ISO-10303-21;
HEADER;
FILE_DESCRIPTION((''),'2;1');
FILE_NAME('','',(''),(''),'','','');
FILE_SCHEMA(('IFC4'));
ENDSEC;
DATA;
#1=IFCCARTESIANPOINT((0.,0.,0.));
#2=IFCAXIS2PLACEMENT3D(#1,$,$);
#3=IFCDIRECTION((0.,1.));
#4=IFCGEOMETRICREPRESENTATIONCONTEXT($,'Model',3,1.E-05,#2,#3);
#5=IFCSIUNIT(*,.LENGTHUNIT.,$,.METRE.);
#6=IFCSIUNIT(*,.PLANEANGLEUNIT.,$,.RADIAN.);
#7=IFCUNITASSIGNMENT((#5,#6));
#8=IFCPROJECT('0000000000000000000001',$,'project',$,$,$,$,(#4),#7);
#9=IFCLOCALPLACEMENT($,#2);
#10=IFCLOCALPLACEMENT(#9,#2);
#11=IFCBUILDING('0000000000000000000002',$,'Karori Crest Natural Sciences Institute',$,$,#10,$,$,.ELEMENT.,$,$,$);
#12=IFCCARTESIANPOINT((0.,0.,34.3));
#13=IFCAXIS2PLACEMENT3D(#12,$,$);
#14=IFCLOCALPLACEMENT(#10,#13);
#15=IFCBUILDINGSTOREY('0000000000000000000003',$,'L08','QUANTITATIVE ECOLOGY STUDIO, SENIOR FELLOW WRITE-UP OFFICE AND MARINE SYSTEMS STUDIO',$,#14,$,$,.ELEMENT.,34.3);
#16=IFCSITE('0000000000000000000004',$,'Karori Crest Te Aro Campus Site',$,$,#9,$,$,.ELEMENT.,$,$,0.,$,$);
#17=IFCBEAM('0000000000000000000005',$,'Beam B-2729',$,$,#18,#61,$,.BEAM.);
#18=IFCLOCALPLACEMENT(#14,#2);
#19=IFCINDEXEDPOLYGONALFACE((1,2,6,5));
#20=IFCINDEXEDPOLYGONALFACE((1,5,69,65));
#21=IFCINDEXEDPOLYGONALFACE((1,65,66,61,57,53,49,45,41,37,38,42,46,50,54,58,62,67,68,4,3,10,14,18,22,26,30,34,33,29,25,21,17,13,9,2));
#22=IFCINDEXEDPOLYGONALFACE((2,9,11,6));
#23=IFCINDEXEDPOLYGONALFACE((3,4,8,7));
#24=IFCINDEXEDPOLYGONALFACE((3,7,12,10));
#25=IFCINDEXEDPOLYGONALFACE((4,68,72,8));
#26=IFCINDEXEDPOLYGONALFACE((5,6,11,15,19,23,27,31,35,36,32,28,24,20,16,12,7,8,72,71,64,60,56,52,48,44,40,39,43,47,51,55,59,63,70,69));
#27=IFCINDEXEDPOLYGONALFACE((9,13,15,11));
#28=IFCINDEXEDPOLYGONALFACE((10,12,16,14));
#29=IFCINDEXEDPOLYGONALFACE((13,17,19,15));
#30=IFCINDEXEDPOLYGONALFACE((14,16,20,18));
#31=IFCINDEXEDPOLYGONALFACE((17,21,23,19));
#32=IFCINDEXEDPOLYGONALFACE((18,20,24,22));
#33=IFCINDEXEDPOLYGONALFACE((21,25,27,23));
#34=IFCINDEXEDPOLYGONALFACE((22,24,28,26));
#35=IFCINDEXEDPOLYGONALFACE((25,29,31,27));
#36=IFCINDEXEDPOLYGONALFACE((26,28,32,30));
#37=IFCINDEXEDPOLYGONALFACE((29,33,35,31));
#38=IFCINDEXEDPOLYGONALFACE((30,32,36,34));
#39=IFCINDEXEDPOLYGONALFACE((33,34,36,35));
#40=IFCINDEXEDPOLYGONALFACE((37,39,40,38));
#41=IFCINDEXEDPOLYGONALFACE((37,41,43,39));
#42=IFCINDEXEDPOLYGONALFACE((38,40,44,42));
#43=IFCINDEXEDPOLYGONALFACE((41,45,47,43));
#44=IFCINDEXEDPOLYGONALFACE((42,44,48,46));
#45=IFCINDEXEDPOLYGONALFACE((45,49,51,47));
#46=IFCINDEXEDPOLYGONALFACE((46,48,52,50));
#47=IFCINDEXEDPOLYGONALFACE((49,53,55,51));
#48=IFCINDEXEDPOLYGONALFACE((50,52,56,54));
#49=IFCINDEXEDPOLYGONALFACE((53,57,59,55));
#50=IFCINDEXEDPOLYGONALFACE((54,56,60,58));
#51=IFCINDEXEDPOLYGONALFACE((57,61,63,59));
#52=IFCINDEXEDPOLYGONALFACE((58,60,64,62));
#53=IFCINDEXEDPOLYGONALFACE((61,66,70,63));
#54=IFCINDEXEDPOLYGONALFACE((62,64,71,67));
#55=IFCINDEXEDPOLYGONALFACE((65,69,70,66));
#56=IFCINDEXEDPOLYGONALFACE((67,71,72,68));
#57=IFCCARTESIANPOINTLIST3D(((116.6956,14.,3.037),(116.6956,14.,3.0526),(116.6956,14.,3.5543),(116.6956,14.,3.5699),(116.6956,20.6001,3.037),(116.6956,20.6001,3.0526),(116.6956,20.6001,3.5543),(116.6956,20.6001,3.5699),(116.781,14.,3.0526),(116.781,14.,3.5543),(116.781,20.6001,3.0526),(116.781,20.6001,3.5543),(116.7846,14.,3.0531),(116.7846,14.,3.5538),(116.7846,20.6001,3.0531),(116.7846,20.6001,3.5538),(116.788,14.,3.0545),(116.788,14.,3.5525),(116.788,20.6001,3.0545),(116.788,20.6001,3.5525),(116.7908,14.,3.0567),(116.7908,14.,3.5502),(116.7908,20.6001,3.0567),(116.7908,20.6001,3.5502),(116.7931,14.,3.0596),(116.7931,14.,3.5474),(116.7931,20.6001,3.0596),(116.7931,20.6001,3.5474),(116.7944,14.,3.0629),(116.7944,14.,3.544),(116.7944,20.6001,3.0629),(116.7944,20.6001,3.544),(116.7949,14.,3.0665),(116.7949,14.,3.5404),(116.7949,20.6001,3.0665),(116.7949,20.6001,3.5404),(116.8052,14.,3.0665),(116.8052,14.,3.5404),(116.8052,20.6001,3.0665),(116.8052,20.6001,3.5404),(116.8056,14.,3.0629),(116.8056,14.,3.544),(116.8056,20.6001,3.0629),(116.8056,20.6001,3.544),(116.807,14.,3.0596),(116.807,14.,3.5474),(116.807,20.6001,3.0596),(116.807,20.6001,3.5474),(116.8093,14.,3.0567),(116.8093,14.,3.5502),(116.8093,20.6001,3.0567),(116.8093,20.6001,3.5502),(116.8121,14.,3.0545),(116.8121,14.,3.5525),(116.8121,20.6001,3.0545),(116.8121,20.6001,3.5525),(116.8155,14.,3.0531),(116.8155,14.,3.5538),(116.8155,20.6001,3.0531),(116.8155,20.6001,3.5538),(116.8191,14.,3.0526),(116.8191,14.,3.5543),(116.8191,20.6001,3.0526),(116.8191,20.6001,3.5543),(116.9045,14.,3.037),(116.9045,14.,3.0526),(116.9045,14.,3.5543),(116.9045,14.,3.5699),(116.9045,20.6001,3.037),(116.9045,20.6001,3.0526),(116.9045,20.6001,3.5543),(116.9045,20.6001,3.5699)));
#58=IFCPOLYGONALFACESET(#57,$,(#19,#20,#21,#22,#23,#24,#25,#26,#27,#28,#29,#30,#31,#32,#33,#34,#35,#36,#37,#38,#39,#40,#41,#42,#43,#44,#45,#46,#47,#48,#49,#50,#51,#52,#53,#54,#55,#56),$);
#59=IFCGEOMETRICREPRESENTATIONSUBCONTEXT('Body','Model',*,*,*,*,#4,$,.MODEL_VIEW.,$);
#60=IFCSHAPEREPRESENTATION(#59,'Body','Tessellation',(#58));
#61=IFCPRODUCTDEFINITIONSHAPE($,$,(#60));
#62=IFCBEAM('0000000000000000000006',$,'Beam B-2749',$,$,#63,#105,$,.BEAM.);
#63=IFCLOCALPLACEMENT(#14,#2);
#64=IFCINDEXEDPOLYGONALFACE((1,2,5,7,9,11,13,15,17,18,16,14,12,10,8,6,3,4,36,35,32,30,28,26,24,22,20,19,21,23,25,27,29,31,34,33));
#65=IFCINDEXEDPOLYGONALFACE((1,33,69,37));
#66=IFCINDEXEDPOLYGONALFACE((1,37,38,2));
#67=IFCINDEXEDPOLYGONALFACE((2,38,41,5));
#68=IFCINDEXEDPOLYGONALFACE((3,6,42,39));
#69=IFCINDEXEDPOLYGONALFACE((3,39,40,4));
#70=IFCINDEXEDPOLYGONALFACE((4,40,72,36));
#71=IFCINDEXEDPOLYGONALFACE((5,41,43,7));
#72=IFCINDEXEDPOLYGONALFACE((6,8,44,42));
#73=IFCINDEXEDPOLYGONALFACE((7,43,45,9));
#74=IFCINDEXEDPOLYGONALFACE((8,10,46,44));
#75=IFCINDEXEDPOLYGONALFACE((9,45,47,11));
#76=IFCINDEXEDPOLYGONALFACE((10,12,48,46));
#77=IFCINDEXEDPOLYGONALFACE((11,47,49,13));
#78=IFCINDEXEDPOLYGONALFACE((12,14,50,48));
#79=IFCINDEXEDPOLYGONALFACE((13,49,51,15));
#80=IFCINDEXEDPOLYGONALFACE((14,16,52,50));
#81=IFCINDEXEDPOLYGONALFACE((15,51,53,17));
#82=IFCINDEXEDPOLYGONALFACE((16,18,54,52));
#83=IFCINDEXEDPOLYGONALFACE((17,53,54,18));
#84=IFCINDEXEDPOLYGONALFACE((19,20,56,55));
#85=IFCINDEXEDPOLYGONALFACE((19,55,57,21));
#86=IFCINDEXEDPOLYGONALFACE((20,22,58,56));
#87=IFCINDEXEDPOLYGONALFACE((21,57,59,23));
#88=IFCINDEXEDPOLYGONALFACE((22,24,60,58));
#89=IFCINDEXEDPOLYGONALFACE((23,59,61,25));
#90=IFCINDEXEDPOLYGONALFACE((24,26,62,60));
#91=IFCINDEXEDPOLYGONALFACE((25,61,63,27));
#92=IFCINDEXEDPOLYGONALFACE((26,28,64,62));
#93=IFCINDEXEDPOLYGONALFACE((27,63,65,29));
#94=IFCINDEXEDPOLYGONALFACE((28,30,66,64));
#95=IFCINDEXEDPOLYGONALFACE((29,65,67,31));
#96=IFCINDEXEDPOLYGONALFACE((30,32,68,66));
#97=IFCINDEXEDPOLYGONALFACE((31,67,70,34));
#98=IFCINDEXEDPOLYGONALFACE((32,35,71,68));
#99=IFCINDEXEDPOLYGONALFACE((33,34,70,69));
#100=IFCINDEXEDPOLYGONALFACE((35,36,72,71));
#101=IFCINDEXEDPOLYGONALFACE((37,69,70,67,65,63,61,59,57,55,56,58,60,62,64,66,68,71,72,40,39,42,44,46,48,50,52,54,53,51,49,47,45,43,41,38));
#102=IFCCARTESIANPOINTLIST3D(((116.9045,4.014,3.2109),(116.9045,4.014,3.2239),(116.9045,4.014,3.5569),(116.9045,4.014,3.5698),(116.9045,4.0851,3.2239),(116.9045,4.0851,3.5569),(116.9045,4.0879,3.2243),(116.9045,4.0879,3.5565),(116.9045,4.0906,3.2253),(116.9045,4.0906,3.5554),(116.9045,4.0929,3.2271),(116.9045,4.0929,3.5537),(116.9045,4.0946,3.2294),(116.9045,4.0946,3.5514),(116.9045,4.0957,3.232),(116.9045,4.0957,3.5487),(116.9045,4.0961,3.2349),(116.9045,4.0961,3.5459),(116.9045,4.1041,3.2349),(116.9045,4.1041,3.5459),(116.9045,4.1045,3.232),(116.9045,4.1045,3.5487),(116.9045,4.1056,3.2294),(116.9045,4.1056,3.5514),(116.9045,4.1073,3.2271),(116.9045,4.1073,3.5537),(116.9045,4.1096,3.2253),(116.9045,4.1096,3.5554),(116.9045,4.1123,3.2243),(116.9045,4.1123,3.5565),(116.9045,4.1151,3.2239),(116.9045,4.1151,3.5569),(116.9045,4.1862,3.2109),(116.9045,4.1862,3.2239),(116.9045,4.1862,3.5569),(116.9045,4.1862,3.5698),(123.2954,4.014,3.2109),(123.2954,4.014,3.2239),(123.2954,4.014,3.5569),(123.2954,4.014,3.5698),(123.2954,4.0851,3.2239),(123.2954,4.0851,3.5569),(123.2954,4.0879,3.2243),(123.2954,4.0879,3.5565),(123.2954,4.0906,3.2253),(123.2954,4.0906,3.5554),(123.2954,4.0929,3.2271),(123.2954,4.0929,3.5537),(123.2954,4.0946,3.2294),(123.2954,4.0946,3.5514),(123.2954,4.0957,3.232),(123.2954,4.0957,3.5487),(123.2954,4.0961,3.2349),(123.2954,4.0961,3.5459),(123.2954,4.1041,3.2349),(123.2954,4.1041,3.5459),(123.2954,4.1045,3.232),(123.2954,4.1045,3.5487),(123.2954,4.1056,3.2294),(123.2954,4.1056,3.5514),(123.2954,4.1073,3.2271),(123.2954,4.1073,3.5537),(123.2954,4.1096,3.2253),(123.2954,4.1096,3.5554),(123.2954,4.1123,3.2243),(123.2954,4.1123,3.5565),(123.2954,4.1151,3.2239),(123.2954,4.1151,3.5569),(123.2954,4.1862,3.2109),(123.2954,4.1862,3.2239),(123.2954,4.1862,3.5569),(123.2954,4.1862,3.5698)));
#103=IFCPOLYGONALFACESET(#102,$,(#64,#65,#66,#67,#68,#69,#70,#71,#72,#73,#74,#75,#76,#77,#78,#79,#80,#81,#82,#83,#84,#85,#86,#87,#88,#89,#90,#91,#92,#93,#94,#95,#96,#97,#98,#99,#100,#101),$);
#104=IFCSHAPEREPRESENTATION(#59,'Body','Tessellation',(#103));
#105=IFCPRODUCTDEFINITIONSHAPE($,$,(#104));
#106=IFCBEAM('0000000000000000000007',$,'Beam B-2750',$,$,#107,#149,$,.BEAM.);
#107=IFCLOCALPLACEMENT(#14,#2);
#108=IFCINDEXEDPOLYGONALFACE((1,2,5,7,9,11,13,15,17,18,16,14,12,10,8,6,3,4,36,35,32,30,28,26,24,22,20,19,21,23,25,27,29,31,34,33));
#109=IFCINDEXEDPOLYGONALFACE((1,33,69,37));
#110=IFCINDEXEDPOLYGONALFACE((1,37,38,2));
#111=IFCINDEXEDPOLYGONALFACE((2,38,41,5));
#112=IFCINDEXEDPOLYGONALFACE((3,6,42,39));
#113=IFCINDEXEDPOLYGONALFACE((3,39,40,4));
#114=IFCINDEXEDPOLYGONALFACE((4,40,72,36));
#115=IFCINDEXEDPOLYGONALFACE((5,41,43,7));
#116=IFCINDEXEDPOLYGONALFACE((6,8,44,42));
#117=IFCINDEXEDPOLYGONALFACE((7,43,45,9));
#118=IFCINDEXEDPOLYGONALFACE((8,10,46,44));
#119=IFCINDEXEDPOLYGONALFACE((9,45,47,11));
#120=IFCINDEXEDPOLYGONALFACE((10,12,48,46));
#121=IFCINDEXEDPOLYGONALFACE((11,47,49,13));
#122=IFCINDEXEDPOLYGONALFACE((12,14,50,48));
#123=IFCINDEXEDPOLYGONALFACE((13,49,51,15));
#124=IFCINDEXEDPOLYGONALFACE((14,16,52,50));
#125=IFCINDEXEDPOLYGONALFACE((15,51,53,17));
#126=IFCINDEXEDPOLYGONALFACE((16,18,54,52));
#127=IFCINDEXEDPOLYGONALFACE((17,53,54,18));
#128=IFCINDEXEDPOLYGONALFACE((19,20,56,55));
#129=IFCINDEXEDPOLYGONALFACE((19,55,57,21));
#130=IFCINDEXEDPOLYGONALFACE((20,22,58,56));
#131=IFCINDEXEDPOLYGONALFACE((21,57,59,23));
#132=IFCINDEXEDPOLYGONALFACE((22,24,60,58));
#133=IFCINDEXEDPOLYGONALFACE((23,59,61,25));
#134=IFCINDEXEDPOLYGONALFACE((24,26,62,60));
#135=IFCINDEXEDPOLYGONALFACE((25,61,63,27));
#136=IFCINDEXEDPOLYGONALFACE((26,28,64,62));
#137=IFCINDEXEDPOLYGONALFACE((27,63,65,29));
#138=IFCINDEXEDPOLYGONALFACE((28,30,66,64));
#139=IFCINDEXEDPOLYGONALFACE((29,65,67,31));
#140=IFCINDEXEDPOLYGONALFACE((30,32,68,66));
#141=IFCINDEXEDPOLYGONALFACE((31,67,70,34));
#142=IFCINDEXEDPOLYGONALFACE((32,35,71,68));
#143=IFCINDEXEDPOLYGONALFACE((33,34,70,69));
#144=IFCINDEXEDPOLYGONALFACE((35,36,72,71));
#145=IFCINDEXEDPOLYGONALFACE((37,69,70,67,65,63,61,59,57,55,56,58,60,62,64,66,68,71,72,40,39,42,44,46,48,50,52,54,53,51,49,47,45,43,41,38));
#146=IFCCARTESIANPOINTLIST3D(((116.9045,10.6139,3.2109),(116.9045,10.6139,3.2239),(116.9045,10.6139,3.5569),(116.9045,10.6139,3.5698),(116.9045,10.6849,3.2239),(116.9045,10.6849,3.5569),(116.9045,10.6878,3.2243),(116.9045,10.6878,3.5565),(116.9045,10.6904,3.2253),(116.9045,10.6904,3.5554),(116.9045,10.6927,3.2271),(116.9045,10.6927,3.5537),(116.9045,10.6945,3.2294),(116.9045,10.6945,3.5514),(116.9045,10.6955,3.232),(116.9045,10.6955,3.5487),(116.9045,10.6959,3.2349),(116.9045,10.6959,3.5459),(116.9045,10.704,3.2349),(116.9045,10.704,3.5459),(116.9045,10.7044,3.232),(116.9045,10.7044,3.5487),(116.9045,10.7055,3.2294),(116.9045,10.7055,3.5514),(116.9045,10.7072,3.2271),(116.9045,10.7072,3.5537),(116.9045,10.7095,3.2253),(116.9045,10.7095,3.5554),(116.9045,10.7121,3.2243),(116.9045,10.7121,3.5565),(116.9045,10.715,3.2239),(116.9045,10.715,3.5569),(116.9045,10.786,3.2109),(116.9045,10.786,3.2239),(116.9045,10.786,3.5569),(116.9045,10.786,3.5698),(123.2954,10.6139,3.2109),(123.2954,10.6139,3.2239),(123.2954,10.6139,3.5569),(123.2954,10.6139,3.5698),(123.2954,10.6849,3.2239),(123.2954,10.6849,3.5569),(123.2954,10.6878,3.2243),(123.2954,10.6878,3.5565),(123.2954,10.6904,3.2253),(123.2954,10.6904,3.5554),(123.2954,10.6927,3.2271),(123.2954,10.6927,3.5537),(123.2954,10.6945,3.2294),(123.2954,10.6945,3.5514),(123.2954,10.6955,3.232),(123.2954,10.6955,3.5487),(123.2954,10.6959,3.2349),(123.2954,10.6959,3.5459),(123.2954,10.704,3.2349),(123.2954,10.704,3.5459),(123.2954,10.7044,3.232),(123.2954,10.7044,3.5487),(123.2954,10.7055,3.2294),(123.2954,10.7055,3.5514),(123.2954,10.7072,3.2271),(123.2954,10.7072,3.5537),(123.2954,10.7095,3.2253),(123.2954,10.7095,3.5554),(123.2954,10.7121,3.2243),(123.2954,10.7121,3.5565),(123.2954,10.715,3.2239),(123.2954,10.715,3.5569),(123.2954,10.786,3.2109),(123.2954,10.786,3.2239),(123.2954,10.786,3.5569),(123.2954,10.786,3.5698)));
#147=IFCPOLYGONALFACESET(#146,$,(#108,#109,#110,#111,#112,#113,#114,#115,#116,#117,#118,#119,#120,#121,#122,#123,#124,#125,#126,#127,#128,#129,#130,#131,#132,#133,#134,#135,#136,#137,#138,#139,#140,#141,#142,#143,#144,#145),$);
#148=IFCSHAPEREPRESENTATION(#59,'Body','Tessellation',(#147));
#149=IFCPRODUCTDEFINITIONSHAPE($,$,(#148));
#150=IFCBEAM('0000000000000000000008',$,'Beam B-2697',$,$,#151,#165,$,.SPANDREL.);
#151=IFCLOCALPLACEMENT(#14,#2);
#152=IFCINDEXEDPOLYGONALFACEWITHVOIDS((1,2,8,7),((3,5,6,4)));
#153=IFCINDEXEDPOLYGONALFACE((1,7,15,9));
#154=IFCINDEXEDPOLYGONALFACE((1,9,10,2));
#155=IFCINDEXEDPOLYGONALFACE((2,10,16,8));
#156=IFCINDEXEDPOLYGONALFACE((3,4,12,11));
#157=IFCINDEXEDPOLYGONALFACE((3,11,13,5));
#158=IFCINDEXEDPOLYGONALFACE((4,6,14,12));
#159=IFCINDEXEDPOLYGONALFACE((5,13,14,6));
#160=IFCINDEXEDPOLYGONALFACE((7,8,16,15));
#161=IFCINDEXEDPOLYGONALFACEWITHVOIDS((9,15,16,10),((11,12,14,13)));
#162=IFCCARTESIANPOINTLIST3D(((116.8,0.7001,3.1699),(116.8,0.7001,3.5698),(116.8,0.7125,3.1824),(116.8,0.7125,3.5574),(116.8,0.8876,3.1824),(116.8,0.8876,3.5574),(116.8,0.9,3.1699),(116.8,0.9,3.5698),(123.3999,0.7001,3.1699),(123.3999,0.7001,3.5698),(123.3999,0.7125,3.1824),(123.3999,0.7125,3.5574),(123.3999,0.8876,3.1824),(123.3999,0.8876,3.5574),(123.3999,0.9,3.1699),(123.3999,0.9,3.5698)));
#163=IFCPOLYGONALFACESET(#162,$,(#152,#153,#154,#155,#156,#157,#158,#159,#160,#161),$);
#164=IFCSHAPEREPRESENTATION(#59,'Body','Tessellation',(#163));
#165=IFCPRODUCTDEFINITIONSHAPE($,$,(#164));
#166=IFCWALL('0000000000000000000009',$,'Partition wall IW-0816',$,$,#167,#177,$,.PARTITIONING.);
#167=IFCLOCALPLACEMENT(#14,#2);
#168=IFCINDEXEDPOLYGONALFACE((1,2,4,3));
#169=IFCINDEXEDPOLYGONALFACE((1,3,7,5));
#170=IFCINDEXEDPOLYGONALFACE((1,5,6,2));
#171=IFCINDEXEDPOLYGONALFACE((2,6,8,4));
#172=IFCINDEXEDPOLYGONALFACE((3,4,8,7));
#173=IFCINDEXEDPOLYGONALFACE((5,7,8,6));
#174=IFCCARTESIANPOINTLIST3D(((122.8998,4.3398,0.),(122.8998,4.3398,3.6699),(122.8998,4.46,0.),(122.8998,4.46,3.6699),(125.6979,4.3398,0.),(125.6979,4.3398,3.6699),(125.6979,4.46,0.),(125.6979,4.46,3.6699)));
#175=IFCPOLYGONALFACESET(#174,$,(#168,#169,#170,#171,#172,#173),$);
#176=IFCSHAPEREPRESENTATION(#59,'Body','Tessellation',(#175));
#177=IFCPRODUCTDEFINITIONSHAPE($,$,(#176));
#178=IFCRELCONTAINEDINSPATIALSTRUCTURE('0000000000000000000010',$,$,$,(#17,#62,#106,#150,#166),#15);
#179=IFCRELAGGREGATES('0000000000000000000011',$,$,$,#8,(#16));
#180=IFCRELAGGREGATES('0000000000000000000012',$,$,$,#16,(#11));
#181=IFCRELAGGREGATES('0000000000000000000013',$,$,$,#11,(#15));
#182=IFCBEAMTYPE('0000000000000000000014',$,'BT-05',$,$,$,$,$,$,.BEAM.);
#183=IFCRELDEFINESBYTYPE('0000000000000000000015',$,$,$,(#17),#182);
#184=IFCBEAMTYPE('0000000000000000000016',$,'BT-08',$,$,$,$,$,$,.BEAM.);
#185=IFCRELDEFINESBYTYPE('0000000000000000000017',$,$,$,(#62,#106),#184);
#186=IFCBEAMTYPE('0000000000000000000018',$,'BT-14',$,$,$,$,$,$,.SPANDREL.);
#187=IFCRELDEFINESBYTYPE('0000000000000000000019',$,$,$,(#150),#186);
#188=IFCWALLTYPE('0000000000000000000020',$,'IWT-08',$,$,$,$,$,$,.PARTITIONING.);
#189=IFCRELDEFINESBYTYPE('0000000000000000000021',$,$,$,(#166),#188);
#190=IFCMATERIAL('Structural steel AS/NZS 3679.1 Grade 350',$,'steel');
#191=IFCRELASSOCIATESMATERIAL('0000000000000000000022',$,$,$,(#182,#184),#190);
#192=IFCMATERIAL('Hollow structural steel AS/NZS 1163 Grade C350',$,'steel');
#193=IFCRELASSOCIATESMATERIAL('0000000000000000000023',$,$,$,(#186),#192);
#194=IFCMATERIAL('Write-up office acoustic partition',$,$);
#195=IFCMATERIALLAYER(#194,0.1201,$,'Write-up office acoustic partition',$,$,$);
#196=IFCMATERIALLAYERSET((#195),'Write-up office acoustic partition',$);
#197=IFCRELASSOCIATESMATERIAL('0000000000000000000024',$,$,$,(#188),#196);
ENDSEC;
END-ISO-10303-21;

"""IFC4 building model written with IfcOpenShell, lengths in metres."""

from ifc_helpers import new_model, si_unit, direction, frame, frame_2d, origin, origin_2d, place, context, subcontext, project, spatial, rectangle, hollow_rectangle, i_section, extrude, material, layer, layer_set, material_profile, profile_set, type_object, element, save


model = new_model("IFC4")

# Units and contexts
model_context = context("Model", 3, precision=1e-05, world=origin(), true_north=direction((0.0, 1.0)))
body_context = subcontext(model_context, "Body", "Model", "MODEL_VIEW")
ifc_project = project(units=[si_unit("LENGTHUNIT", "METRE"), si_unit("PLANEANGLEUNIT", "RADIAN")], contexts=[model_context])

# Site, building, storey
site_placement = place(None, origin())
site = spatial("IfcSite", under=ifc_project, at=site_placement, Name="Karori Crest Te Aro Campus Site", CompositionType="ELEMENT", RefElevation=0.0)
building_placement = place(site_placement, origin())
building = spatial("IfcBuilding", under=site, at=building_placement, Name="Karori Crest Natural Sciences Institute", CompositionType="ELEMENT")
storey_placement = place(building_placement, frame((0.0, 0.0, 34.3)))
storey = spatial("IfcBuildingStorey", under=building, at=storey_placement, Name="L08", Description="QUANTITATIVE ECOLOGY STUDIO, SENIOR FELLOW WRITE-UP OFFICE AND MARINE SYSTEMS STUDIO", CompositionType="ELEMENT", Elevation=34.3)

# Shared definitions
ifc_material_1 = material(Name="Structural steel AS/NZS 3679.1 Grade 350", Category="steel")

# Beams
ifc_material_profile_1 = material_profile(ifc_material_1, i_section(OverallWidth=0.209, OverallDepth=0.533, WebThickness=0.0103, FlangeThickness=0.0156, FilletRadius=0.0139, at=origin_2d()), Name="530UB92.4")
ifc_profile_set_1 = profile_set([ifc_material_profile_1], Name="Structural steel AS/NZS 3679.1 Grade 350")
beam_type_1 = type_object("IfcBeamType", Name="BT-05", PredefinedType="BEAM", material=ifc_profile_set_1)
for number, where, z_axis, x_axis, name in (
    (1, (116.8, 14.0, 3.3035), (0.0, 1.0, 0.0), (-1.0, 0.0, 0.0), "Beam B-2729"),
):
    element("IfcBeam", number, at=place(storey_placement, frame(where, z_axis=z_axis, x_axis=x_axis)), inside=storey, type_object=beam_type_1, Name=name, PredefinedType="BEAM", context=body_context, shape_type="SweptSolid", body=[
        extrude(i_section(OverallWidth=0.209, OverallDepth=0.533, WebThickness=0.0103, FlangeThickness=0.0156, FilletRadius=0.0139, at=origin_2d()), origin(), (0.0, 0.0, 1.0), 6.6001),
    ])
ifc_material_profile_2 = material_profile(ifc_material_1, i_section(OverallWidth=0.1721, OverallDepth=0.3589, WebThickness=0.0081, FlangeThickness=0.0129, FilletRadius=0.011, at=origin_2d()), Name="360UB56.7")
ifc_profile_set_2 = profile_set([ifc_material_profile_2], Name="Structural steel AS/NZS 3679.1 Grade 350")
beam_type_2 = type_object("IfcBeamType", Name="BT-08", PredefinedType="BEAM", material=ifc_profile_set_2)
for number, where, z_axis, x_axis, name in (
    (2, (116.9045, 4.1001, 3.3904), (1.0, 0.0, 0.0), (0.0, 1.0, 0.0), "Beam B-2749"),
    (3, (116.9045, 10.7, 3.3904), (1.0, 0.0, 0.0), (0.0, 1.0, 0.0), "Beam B-2750"),
):
    element("IfcBeam", number, at=place(storey_placement, frame(where, z_axis=z_axis, x_axis=x_axis)), inside=storey, type_object=beam_type_2, Name=name, PredefinedType="BEAM", context=body_context, shape_type="SweptSolid", body=[
        extrude(i_section(OverallWidth=0.1721, OverallDepth=0.3589, WebThickness=0.0081, FlangeThickness=0.0129, FilletRadius=0.011, at=origin_2d()), origin(), (0.0, 0.0, 1.0), 6.3909),
    ])
ifc_material_2 = material(Name="Hollow structural steel AS/NZS 1163 Grade C350", Category="steel")
ifc_material_profile_3 = material_profile(ifc_material_2, hollow_rectangle(XDim=0.2, YDim=0.3999, WallThickness=0.0125, at=origin_2d()), Name="RHS400x200x12.5")
ifc_profile_set_3 = profile_set([ifc_material_profile_3], Name="Hollow structural steel AS/NZS 1163 Grade C350")
beam_type_3 = type_object("IfcBeamType", Name="BT-14", PredefinedType="SPANDREL", material=ifc_profile_set_3)
beam_1_placement = place(storey_placement, frame((116.8, 0.8, 3.3699), z_axis=(1.0, 0.0, 0.0), x_axis=(0.0, 1.0, 0.0)))
element("IfcBeam", 4, at=beam_1_placement, inside=storey, type_object=beam_type_3, Name="Beam B-2697", PredefinedType="SPANDREL", context=body_context, shape_type="SweptSolid", body=[
    extrude(hollow_rectangle(XDim=0.2, YDim=0.3999, WallThickness=0.0125, at=origin_2d()), origin(), (0.0, 0.0, 1.0), 6.5999),
])

# Wall
ifc_material_3 = material(Name="Write-up office acoustic partition")
ifc_layer_1 = layer(ifc_material_3, 0.1201, Name="Write-up office acoustic partition")
ifc_layer_set_1 = layer_set([ifc_layer_1], Name="Write-up office acoustic partition")
wall_type_1 = type_object("IfcWallType", Name="IWT-08", PredefinedType="PARTITIONING", material=ifc_layer_set_1)
wall_1_placement = place(storey_placement, frame((122.8999, 4.3999, 0.0), z_axis=(0.0, 0.0, 1.0), x_axis=(1.0, 0.0, 0.0)))
element("IfcWall", 5, at=wall_1_placement, inside=storey, type_object=wall_type_1, Name="Partition wall IW-0816", PredefinedType="PARTITIONING", context=body_context, shape_type="SweptSolid", body=[
    extrude(rectangle(XDim=2.7981, YDim=0.1201, at=frame_2d((1.3989, 0.0))), origin(), (0.0, 0.0, 1.0), 3.6699),
])

save(model, "model.ifc")
